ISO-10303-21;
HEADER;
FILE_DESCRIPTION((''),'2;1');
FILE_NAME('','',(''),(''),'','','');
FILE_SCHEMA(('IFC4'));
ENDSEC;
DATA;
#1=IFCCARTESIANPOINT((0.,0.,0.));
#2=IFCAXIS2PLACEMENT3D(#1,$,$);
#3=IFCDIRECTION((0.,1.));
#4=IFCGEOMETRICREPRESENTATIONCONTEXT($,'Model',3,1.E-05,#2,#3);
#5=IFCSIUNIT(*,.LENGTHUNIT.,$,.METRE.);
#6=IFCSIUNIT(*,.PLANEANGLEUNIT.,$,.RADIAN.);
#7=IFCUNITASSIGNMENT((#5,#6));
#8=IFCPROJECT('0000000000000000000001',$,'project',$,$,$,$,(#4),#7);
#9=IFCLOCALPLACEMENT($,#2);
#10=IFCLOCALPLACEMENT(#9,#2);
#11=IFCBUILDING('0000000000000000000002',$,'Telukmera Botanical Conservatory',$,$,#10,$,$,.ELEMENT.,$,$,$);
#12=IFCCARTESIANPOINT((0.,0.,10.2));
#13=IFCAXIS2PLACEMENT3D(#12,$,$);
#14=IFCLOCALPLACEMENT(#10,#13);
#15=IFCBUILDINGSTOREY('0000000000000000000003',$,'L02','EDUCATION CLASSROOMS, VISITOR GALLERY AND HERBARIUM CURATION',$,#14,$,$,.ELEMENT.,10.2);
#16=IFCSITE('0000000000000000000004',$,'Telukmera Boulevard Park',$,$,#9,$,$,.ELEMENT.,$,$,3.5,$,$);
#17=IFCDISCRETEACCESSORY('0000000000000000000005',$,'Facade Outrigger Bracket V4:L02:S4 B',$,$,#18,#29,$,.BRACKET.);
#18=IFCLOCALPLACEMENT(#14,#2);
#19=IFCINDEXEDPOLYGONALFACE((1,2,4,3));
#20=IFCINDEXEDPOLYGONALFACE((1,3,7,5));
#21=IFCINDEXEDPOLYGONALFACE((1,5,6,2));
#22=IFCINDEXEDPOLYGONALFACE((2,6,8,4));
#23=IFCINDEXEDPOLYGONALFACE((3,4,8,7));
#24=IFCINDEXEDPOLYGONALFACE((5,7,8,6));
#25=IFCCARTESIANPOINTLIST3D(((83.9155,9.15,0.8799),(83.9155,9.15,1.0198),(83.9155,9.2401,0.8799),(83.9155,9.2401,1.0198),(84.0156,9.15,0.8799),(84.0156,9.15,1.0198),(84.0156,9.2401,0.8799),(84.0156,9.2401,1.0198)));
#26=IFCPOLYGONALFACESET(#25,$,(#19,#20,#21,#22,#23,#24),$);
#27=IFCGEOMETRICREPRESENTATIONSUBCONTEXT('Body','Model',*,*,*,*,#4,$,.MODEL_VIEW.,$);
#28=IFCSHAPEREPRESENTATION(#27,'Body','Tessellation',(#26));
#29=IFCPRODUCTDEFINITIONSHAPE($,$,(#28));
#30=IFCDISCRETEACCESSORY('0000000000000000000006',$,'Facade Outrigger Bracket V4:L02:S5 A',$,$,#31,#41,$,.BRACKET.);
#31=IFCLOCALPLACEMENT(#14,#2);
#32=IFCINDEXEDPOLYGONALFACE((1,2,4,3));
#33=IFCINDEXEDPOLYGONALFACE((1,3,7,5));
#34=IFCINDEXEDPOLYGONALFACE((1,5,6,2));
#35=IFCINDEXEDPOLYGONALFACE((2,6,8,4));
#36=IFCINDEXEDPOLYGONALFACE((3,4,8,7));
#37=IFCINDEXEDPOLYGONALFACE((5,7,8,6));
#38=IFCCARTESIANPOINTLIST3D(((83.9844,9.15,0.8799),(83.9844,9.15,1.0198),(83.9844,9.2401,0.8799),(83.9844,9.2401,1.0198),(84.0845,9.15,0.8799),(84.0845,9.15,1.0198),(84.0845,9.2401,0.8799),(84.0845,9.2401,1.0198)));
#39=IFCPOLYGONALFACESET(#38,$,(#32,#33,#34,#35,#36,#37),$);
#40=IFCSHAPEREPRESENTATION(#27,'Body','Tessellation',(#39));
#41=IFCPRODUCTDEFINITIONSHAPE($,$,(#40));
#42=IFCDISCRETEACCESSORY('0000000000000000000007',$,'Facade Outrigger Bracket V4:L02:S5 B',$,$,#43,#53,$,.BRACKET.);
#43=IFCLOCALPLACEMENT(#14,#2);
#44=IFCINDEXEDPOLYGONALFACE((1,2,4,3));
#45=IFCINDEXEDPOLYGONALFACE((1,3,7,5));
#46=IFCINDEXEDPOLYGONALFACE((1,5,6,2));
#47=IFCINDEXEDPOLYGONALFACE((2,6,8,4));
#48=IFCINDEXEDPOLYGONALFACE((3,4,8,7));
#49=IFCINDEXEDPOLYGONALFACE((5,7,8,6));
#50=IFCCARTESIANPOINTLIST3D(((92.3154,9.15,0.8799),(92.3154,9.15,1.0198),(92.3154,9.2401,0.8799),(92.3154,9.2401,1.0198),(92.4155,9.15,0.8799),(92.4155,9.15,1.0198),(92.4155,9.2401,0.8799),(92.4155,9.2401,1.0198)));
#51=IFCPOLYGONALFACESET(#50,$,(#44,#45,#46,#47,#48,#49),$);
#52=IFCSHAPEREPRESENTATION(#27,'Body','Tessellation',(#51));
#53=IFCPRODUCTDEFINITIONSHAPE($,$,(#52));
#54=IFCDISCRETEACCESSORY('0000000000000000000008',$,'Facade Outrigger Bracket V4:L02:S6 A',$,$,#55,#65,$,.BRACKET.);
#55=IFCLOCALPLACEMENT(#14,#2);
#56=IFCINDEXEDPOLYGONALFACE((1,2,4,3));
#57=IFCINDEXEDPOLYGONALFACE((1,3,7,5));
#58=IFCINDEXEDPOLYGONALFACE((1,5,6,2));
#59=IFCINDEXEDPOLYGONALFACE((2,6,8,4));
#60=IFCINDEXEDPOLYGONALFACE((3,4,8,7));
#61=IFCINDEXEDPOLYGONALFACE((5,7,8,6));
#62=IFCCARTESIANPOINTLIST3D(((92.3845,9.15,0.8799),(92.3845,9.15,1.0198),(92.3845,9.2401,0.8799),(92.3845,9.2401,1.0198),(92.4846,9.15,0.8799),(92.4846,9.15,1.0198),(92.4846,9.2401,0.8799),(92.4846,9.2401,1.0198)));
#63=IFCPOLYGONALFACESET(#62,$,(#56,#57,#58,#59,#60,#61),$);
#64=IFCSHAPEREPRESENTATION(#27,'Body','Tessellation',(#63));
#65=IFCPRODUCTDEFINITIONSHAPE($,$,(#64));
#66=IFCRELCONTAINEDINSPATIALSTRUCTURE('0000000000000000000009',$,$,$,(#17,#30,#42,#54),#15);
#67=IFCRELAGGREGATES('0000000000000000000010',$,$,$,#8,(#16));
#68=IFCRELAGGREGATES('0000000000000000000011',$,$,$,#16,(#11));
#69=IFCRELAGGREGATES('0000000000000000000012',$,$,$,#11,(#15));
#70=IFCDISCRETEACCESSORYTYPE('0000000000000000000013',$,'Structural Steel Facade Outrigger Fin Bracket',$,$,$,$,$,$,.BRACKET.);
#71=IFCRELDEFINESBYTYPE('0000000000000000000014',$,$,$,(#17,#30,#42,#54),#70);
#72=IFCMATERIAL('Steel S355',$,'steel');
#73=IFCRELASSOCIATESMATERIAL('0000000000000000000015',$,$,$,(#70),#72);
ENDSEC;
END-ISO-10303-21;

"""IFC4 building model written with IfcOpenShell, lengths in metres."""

from ifc_helpers import new_model, si_unit, direction, frame, origin, origin_2d, place, context, subcontext, project, spatial, rectangle, extrude, material, type_object, element, save


model = new_model("IFC4")

# Units and contexts
model_context = context("Model", 3, precision=1e-05, world=origin(), true_north=direction((0.0, 1.0)))
body_context = subcontext(model_context, "Body", "Model", "MODEL_VIEW")
ifc_project = project(units=[si_unit("LENGTHUNIT", "METRE"), si_unit("PLANEANGLEUNIT", "RADIAN")], contexts=[model_context])

# Site, building, storey
site_placement = place(None, origin())
site = spatial("IfcSite", under=ifc_project, at=site_placement, Name="Telukmera Boulevard Park", CompositionType="ELEMENT", RefElevation=3.5)
building_placement = place(site_placement, origin())
building = spatial("IfcBuilding", under=site, at=building_placement, Name="Telukmera Botanical Conservatory", CompositionType="ELEMENT")
storey_placement = place(building_placement, frame((0.0, 0.0, 10.2)))
storey = spatial("IfcBuildingStorey", under=building, at=storey_placement, Name="L02", Description="EDUCATION CLASSROOMS, VISITOR GALLERY AND HERBARIUM CURATION", CompositionType="ELEMENT", Elevation=10.2)

# Discrete accessories
ifc_material_1 = material(Name="Steel S355", Category="steel")
discrete_accessory_type = type_object("IfcDiscreteAccessoryType", Name="Structural Steel Facade Outrigger Fin Bracket", PredefinedType="BRACKET", material=ifc_material_1)
for number, where, z_axis, x_axis, name in (
    (1, (83.9656, 9.1951, 0.8799), (0.0, 0.0, 1.0), (1.0, 0.0, 0.0), "Facade Outrigger Bracket V4:L02:S4 B"),
    (2, (84.0344, 9.1951, 0.8799), (0.0, 0.0, 1.0), (1.0, 0.0, 0.0), "Facade Outrigger Bracket V4:L02:S5 A"),
    (3, (92.3655, 9.1951, 0.8799), (0.0, 0.0, 1.0), (1.0, 0.0, 0.0), "Facade Outrigger Bracket V4:L02:S5 B"),
    (4, (92.4346, 9.1951, 0.8799), (0.0, 0.0, 1.0), (1.0, 0.0, 0.0), "Facade Outrigger Bracket V4:L02:S6 A"),
):
    element("IfcDiscreteAccessory", number, at=place(storey_placement, frame(where, z_axis=z_axis, x_axis=x_axis)), inside=storey, type_object=discrete_accessory_type, Name=name, PredefinedType="BRACKET", context=body_context, shape_type="SweptSolid", body=[
        extrude(rectangle(XDim=0.1001, YDim=0.0901, at=origin_2d()), origin(), (0.0, 0.0, 1.0), 0.1399),
    ])

save(model, "model.ifc")
